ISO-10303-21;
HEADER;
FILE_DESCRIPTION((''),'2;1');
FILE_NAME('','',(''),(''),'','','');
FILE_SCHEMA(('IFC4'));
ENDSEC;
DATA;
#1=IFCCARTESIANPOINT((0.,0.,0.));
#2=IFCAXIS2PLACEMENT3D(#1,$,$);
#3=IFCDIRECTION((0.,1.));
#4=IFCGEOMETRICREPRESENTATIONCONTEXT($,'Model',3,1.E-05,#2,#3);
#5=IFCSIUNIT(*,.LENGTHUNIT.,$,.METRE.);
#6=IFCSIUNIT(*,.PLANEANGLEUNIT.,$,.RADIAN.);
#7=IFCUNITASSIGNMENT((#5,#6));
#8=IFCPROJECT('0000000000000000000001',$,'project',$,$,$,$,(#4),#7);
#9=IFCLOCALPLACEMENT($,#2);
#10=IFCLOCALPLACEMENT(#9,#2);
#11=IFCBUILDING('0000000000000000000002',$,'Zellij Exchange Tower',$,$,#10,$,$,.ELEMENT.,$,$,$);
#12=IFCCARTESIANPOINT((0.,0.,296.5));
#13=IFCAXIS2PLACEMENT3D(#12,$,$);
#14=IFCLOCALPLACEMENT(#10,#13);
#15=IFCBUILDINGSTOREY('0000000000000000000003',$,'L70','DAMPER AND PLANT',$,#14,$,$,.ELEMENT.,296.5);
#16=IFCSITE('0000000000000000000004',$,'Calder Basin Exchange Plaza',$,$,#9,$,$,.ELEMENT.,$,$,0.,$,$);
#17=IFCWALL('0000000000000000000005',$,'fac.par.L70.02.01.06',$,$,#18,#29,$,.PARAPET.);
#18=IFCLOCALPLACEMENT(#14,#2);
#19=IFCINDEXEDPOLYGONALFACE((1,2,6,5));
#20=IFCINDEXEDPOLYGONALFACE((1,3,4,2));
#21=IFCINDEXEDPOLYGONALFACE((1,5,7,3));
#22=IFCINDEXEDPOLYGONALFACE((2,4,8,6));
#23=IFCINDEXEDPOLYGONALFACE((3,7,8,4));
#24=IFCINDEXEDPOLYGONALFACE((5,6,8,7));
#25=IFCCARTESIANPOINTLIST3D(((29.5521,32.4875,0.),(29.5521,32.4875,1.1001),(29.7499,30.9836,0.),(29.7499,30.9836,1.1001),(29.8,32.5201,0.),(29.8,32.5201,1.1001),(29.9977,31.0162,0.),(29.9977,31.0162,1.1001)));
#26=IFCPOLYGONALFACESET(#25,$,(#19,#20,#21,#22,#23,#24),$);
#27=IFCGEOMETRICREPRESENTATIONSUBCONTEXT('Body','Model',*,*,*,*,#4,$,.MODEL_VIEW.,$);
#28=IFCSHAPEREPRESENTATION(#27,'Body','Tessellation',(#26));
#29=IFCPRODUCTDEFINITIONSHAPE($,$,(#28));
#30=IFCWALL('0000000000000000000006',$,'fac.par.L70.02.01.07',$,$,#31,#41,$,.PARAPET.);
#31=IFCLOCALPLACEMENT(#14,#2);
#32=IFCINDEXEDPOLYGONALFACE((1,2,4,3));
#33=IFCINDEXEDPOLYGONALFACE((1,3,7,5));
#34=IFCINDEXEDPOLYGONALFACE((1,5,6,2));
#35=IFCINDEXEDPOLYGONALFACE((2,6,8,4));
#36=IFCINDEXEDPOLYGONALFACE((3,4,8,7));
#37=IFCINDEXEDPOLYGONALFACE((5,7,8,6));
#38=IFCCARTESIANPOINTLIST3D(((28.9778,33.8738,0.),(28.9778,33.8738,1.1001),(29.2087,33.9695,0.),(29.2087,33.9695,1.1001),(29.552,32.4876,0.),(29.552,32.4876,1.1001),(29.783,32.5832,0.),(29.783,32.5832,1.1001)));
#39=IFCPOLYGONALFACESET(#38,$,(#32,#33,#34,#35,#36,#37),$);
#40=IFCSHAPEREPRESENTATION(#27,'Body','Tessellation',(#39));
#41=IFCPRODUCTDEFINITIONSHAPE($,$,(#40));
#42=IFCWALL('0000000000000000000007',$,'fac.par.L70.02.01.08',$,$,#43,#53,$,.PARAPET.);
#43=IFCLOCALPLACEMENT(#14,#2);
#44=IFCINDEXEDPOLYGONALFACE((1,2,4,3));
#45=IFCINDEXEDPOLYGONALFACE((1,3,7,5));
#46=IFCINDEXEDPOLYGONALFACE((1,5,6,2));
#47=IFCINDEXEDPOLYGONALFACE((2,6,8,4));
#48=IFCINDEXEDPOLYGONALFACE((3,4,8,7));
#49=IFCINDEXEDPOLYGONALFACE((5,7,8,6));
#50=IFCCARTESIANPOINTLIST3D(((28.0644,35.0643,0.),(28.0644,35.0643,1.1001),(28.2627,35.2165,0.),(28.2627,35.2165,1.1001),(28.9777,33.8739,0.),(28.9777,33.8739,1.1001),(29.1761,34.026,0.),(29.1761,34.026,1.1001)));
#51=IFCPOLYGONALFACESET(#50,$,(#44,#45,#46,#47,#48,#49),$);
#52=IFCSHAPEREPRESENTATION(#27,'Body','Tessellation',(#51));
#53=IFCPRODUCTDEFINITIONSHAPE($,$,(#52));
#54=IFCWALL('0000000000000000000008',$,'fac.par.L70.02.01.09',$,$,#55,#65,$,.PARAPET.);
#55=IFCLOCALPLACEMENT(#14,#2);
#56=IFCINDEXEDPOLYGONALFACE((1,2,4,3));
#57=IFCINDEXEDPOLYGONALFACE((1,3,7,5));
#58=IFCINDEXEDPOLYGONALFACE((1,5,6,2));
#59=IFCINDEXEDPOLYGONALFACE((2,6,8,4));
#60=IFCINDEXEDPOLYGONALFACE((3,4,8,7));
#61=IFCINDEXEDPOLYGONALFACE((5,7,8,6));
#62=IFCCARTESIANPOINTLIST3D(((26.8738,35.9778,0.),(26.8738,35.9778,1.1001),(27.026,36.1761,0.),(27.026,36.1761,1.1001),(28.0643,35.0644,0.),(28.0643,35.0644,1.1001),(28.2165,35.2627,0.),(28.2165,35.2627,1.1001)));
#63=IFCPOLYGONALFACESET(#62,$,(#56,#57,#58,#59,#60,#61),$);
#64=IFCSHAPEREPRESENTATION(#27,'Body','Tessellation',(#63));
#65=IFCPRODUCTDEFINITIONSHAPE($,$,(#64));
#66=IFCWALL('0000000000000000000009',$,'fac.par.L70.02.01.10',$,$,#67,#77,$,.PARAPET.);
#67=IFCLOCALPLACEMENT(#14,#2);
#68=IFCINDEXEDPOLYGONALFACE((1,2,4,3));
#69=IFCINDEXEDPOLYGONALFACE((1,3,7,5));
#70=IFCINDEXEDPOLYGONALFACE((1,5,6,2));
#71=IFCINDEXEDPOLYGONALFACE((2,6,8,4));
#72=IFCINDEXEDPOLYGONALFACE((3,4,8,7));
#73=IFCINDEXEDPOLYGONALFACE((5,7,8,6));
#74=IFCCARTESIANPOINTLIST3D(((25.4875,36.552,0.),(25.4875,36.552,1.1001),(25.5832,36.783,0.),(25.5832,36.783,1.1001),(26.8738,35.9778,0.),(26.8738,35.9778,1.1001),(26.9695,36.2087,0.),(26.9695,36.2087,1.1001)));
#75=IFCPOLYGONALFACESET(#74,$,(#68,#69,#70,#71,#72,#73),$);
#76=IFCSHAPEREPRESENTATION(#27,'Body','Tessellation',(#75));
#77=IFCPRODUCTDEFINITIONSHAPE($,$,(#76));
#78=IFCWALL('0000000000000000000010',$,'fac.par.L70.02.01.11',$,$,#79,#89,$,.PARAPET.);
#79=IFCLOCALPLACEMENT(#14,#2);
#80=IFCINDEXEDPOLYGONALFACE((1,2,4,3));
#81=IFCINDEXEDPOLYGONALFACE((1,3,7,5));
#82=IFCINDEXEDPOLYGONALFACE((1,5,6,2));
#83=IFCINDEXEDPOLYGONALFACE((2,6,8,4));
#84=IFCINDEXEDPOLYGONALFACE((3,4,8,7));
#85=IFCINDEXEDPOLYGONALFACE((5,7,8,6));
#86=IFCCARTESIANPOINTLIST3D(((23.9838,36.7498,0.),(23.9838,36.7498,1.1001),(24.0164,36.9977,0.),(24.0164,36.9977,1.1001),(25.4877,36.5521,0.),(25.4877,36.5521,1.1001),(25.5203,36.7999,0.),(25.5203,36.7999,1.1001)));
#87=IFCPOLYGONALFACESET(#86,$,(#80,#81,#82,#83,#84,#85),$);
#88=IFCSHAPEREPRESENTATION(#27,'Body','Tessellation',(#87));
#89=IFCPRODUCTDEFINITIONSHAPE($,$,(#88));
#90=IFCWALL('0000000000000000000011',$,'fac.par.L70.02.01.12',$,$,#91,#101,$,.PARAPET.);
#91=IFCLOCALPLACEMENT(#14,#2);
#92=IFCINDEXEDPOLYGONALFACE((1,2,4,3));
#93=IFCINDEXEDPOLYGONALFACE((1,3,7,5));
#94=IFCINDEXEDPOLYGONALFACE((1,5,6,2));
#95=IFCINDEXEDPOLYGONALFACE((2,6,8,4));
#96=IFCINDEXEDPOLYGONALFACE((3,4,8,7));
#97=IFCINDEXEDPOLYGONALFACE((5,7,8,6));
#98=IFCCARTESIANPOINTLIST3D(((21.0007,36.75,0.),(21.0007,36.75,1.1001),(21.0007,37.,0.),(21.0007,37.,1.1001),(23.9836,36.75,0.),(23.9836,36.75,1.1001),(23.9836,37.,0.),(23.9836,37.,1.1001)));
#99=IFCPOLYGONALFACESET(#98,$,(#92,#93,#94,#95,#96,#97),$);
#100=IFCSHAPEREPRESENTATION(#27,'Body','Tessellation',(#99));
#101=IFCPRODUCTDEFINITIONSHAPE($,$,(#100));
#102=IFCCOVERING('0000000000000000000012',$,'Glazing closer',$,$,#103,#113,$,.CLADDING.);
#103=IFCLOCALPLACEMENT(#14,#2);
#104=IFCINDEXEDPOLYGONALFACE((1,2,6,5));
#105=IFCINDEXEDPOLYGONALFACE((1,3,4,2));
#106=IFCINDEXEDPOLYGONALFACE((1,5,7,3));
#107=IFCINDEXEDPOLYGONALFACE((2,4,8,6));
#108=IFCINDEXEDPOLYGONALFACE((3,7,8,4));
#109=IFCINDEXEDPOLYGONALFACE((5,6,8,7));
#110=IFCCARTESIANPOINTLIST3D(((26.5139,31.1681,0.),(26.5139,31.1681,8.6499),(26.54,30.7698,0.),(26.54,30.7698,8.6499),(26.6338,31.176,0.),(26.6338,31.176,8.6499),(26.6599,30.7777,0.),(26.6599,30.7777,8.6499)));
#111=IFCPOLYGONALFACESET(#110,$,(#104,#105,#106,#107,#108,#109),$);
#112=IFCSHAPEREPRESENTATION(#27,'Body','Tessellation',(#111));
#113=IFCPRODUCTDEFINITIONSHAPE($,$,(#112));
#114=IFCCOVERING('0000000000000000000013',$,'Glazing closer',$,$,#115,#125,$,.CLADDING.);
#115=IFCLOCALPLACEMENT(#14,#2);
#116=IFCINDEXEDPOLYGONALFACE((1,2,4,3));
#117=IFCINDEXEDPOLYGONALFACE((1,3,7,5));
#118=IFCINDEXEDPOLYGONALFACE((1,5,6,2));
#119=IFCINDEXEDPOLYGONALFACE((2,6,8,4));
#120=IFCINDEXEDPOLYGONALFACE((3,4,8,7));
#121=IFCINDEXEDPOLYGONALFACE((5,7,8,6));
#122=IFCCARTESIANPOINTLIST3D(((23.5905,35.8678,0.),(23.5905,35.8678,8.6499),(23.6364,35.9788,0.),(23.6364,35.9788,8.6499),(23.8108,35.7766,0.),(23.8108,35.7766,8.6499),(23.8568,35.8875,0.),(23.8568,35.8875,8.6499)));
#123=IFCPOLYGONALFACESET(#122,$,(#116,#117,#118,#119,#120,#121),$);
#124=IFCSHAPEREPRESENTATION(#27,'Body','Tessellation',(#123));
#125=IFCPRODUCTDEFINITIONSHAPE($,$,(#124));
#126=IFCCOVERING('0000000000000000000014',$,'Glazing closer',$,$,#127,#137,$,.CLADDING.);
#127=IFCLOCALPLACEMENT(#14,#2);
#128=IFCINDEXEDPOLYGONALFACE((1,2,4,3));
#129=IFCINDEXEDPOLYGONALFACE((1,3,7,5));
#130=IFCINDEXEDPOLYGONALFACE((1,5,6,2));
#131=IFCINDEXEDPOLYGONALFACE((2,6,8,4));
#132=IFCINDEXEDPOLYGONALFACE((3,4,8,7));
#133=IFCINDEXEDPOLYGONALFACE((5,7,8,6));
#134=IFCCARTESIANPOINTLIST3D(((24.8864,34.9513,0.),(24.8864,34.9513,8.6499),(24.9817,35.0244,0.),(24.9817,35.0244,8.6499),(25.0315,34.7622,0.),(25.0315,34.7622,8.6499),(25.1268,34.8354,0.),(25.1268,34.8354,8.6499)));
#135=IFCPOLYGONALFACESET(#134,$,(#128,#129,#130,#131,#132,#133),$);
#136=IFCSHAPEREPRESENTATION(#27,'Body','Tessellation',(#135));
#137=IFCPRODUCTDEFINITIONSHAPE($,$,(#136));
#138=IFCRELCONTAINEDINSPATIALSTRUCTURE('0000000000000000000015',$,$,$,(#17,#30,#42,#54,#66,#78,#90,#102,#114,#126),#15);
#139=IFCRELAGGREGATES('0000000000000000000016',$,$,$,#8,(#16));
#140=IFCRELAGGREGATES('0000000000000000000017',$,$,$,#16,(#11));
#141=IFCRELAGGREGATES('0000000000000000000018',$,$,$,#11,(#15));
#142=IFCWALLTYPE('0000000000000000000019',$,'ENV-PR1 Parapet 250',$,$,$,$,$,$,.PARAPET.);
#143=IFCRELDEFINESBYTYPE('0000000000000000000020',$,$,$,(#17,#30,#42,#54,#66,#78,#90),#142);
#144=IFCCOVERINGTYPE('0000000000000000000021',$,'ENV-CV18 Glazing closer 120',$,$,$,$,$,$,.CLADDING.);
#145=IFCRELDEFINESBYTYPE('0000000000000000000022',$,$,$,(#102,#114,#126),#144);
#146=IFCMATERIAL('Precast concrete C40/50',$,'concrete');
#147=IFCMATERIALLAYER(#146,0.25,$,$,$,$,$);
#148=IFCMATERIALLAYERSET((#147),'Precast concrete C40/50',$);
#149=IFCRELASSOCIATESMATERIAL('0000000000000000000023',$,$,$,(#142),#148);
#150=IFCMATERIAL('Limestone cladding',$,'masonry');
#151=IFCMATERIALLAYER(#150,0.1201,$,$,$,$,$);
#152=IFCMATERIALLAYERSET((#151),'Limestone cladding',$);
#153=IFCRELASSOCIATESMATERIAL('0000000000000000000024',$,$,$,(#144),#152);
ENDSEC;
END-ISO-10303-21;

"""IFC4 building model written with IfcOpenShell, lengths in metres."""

from ifc_helpers import new_model, si_unit, direction, frame, frame_2d, origin, origin_2d, place, context, subcontext, project, spatial, rectangle, extrude, material, layer, layer_set, type_object, element, save


model = new_model("IFC4")

# Units and contexts
model_context = context("Model", 3, precision=1e-05, world=origin(), true_north=direction((0.0, 1.0)))
body_context = subcontext(model_context, "Body", "Model", "MODEL_VIEW")
ifc_project = project(units=[si_unit("LENGTHUNIT", "METRE"), si_unit("PLANEANGLEUNIT", "RADIAN")], contexts=[model_context])

# Site, building, storey
site_placement = place(None, origin())
site = spatial("IfcSite", under=ifc_project, at=site_placement, Name="Calder Basin Exchange Plaza", CompositionType="ELEMENT", RefElevation=0.0)
building_placement = place(site_placement, origin())
building = spatial("IfcBuilding", under=site, at=building_placement, Name="Zellij Exchange Tower", CompositionType="ELEMENT")
storey_placement = place(building_placement, frame((0.0, 0.0, 296.5)))
storey = spatial("IfcBuildingStorey", under=building, at=storey_placement, Name="L70", Description="DAMPER AND PLANT", CompositionType="ELEMENT", Elevation=296.5)

# Walls
ifc_material_1 = material(Name="Precast concrete C40/50", Category="concrete")
ifc_layer_1 = layer(ifc_material_1, 0.25)
ifc_layer_set_1 = layer_set([ifc_layer_1], Name="Precast concrete C40/50")
wall_type_1 = type_object("IfcWallType", Name="ENV-PR1 Parapet 250", PredefinedType="PARAPET", material=ifc_layer_set_1)
wall_1_placement = place(storey_placement, frame((29.8738, 31.0, 0.0), z_axis=(0.0, 0.0, 1.0), x_axis=(-0.130371, 0.991465, 0.0)))
element("IfcWall", 1, at=wall_1_placement, inside=storey, type_object=wall_type_1, Name="fac.par.L70.02.01.06", PredefinedType="PARAPET", context=body_context, shape_type="SweptSolid", body=[
    extrude(rectangle(XDim=1.5168, YDim=0.25, at=frame_2d((0.7583, 0.0))), origin(), (0.0, 0.0, 1.0), 1.1001),
])
for number, where, z_axis, x_axis, name in (
    (2, (29.6675, 32.5354, 0.0), (0.0, 0.0, 1.0), (-0.382697, 0.923874, 0.0), "fac.par.L70.02.01.07"),
    (3, (29.0769, 33.95, 0.0), (0.0, 0.0, 1.0), (-0.608712, 0.793392, 0.0), "fac.par.L70.02.01.08"),
    (4, (28.1404, 35.1636, 0.0), (0.0, 0.0, 1.0), (-0.793392, 0.608712, 0.0), "fac.par.L70.02.01.09"),
    (5, (26.9216, 36.0933, 0.0), (0.0, 0.0, 1.0), (-0.923874, 0.382697, 0.0), "fac.par.L70.02.01.10"),
):
    element("IfcWall", number, at=place(storey_placement, frame(where, z_axis=z_axis, x_axis=x_axis)), inside=storey, type_object=wall_type_1, Name=name, PredefinedType="PARAPET", context=body_context, shape_type="SweptSolid", body=[
        extrude(rectangle(XDim=1.5005, YDim=0.25, at=frame_2d((0.7502, 0.0))), origin(), (0.0, 0.0, 1.0), 1.1001),
    ])
wall_2_placement = place(storey_placement, frame((25.5039, 36.676, 0.0), z_axis=(0.0, 0.0, 1.0), x_axis=(-0.991465, 0.130371, 0.0)))
element("IfcWall", 6, at=wall_2_placement, inside=storey, type_object=wall_type_1, Name="fac.par.L70.02.01.11", PredefinedType="PARAPET", context=body_context, shape_type="SweptSolid", body=[
    extrude(rectangle(XDim=1.5168, YDim=0.25, at=frame_2d((0.7583, 0.0))), origin(), (0.0, 0.0, 1.0), 1.1001),
])
wall_3_placement = place(storey_placement, frame((23.9836, 36.875, 0.0), z_axis=(0.0, 0.0, 1.0), x_axis=(-1.0, 0.0, 0.0)))
element("IfcWall", 7, at=wall_3_placement, inside=storey, type_object=wall_type_1, Name="fac.par.L70.02.01.12", PredefinedType="PARAPET", context=body_context, shape_type="SweptSolid", body=[
    extrude(rectangle(XDim=2.9829, YDim=0.25, at=frame_2d((1.4915, 0.0))), origin(), (0.0, 0.0, 1.0), 1.1001),
])

# Coverings
ifc_material_2 = material(Name="Limestone cladding", Category="masonry")
ifc_layer_2 = layer(ifc_material_2, 0.1201)
ifc_layer_set_2 = layer_set([ifc_layer_2], Name="Limestone cladding")
covering_type = type_object("IfcCoveringType", Name="ENV-CV18 Glazing closer 120", PredefinedType="CLADDING", material=ifc_layer_set_2)
covering_1_placement = place(storey_placement, frame((26.5869, 30.9729, 0.0), z_axis=(0.0, 0.0, 1.0), x_axis=(-0.065384, 0.99786, 0.0)))
element("IfcCovering", 8, at=covering_1_placement, inside=storey, type_object=covering_type, Name="Glazing closer", PredefinedType="CLADDING", context=body_context, shape_type="SweptSolid", body=[
    extrude(rectangle(XDim=0.3992, YDim=0.1201, at=origin_2d()), origin(), (0.0, 0.0, 1.0), 8.6499),
])
covering_2_placement = place(storey_placement, frame((23.7236, 35.8777, 0.0), z_axis=(0.0, 0.0, 1.0), x_axis=(0.923882, -0.382679, 0.0)))
element("IfcCovering", 9, at=covering_2_placement, inside=storey, type_object=covering_type, Name="Glazing closer", PredefinedType="CLADDING", context=body_context, shape_type="SweptSolid", body=[
    extrude(rectangle(XDim=0.2385, YDim=0.1201, at=origin_2d()), origin(), (0.0, 0.0, 1.0), 8.6499),
])
covering_3_placement = place(storey_placement, frame((25.0066, 34.8933, 0.0), z_axis=(0.0, 0.0, 1.0), x_axis=(-0.60881, 0.793316, 0.0)))
element("IfcCovering", 10, at=covering_3_placement, inside=storey, type_object=covering_type, Name="Glazing closer", PredefinedType="CLADDING", context=body_context, shape_type="SweptSolid", body=[
    extrude(rectangle(XDim=0.2383, YDim=0.1201, at=origin_2d()), origin(), (0.0, 0.0, 1.0), 8.6499),
])

save(model, "model.ifc")
